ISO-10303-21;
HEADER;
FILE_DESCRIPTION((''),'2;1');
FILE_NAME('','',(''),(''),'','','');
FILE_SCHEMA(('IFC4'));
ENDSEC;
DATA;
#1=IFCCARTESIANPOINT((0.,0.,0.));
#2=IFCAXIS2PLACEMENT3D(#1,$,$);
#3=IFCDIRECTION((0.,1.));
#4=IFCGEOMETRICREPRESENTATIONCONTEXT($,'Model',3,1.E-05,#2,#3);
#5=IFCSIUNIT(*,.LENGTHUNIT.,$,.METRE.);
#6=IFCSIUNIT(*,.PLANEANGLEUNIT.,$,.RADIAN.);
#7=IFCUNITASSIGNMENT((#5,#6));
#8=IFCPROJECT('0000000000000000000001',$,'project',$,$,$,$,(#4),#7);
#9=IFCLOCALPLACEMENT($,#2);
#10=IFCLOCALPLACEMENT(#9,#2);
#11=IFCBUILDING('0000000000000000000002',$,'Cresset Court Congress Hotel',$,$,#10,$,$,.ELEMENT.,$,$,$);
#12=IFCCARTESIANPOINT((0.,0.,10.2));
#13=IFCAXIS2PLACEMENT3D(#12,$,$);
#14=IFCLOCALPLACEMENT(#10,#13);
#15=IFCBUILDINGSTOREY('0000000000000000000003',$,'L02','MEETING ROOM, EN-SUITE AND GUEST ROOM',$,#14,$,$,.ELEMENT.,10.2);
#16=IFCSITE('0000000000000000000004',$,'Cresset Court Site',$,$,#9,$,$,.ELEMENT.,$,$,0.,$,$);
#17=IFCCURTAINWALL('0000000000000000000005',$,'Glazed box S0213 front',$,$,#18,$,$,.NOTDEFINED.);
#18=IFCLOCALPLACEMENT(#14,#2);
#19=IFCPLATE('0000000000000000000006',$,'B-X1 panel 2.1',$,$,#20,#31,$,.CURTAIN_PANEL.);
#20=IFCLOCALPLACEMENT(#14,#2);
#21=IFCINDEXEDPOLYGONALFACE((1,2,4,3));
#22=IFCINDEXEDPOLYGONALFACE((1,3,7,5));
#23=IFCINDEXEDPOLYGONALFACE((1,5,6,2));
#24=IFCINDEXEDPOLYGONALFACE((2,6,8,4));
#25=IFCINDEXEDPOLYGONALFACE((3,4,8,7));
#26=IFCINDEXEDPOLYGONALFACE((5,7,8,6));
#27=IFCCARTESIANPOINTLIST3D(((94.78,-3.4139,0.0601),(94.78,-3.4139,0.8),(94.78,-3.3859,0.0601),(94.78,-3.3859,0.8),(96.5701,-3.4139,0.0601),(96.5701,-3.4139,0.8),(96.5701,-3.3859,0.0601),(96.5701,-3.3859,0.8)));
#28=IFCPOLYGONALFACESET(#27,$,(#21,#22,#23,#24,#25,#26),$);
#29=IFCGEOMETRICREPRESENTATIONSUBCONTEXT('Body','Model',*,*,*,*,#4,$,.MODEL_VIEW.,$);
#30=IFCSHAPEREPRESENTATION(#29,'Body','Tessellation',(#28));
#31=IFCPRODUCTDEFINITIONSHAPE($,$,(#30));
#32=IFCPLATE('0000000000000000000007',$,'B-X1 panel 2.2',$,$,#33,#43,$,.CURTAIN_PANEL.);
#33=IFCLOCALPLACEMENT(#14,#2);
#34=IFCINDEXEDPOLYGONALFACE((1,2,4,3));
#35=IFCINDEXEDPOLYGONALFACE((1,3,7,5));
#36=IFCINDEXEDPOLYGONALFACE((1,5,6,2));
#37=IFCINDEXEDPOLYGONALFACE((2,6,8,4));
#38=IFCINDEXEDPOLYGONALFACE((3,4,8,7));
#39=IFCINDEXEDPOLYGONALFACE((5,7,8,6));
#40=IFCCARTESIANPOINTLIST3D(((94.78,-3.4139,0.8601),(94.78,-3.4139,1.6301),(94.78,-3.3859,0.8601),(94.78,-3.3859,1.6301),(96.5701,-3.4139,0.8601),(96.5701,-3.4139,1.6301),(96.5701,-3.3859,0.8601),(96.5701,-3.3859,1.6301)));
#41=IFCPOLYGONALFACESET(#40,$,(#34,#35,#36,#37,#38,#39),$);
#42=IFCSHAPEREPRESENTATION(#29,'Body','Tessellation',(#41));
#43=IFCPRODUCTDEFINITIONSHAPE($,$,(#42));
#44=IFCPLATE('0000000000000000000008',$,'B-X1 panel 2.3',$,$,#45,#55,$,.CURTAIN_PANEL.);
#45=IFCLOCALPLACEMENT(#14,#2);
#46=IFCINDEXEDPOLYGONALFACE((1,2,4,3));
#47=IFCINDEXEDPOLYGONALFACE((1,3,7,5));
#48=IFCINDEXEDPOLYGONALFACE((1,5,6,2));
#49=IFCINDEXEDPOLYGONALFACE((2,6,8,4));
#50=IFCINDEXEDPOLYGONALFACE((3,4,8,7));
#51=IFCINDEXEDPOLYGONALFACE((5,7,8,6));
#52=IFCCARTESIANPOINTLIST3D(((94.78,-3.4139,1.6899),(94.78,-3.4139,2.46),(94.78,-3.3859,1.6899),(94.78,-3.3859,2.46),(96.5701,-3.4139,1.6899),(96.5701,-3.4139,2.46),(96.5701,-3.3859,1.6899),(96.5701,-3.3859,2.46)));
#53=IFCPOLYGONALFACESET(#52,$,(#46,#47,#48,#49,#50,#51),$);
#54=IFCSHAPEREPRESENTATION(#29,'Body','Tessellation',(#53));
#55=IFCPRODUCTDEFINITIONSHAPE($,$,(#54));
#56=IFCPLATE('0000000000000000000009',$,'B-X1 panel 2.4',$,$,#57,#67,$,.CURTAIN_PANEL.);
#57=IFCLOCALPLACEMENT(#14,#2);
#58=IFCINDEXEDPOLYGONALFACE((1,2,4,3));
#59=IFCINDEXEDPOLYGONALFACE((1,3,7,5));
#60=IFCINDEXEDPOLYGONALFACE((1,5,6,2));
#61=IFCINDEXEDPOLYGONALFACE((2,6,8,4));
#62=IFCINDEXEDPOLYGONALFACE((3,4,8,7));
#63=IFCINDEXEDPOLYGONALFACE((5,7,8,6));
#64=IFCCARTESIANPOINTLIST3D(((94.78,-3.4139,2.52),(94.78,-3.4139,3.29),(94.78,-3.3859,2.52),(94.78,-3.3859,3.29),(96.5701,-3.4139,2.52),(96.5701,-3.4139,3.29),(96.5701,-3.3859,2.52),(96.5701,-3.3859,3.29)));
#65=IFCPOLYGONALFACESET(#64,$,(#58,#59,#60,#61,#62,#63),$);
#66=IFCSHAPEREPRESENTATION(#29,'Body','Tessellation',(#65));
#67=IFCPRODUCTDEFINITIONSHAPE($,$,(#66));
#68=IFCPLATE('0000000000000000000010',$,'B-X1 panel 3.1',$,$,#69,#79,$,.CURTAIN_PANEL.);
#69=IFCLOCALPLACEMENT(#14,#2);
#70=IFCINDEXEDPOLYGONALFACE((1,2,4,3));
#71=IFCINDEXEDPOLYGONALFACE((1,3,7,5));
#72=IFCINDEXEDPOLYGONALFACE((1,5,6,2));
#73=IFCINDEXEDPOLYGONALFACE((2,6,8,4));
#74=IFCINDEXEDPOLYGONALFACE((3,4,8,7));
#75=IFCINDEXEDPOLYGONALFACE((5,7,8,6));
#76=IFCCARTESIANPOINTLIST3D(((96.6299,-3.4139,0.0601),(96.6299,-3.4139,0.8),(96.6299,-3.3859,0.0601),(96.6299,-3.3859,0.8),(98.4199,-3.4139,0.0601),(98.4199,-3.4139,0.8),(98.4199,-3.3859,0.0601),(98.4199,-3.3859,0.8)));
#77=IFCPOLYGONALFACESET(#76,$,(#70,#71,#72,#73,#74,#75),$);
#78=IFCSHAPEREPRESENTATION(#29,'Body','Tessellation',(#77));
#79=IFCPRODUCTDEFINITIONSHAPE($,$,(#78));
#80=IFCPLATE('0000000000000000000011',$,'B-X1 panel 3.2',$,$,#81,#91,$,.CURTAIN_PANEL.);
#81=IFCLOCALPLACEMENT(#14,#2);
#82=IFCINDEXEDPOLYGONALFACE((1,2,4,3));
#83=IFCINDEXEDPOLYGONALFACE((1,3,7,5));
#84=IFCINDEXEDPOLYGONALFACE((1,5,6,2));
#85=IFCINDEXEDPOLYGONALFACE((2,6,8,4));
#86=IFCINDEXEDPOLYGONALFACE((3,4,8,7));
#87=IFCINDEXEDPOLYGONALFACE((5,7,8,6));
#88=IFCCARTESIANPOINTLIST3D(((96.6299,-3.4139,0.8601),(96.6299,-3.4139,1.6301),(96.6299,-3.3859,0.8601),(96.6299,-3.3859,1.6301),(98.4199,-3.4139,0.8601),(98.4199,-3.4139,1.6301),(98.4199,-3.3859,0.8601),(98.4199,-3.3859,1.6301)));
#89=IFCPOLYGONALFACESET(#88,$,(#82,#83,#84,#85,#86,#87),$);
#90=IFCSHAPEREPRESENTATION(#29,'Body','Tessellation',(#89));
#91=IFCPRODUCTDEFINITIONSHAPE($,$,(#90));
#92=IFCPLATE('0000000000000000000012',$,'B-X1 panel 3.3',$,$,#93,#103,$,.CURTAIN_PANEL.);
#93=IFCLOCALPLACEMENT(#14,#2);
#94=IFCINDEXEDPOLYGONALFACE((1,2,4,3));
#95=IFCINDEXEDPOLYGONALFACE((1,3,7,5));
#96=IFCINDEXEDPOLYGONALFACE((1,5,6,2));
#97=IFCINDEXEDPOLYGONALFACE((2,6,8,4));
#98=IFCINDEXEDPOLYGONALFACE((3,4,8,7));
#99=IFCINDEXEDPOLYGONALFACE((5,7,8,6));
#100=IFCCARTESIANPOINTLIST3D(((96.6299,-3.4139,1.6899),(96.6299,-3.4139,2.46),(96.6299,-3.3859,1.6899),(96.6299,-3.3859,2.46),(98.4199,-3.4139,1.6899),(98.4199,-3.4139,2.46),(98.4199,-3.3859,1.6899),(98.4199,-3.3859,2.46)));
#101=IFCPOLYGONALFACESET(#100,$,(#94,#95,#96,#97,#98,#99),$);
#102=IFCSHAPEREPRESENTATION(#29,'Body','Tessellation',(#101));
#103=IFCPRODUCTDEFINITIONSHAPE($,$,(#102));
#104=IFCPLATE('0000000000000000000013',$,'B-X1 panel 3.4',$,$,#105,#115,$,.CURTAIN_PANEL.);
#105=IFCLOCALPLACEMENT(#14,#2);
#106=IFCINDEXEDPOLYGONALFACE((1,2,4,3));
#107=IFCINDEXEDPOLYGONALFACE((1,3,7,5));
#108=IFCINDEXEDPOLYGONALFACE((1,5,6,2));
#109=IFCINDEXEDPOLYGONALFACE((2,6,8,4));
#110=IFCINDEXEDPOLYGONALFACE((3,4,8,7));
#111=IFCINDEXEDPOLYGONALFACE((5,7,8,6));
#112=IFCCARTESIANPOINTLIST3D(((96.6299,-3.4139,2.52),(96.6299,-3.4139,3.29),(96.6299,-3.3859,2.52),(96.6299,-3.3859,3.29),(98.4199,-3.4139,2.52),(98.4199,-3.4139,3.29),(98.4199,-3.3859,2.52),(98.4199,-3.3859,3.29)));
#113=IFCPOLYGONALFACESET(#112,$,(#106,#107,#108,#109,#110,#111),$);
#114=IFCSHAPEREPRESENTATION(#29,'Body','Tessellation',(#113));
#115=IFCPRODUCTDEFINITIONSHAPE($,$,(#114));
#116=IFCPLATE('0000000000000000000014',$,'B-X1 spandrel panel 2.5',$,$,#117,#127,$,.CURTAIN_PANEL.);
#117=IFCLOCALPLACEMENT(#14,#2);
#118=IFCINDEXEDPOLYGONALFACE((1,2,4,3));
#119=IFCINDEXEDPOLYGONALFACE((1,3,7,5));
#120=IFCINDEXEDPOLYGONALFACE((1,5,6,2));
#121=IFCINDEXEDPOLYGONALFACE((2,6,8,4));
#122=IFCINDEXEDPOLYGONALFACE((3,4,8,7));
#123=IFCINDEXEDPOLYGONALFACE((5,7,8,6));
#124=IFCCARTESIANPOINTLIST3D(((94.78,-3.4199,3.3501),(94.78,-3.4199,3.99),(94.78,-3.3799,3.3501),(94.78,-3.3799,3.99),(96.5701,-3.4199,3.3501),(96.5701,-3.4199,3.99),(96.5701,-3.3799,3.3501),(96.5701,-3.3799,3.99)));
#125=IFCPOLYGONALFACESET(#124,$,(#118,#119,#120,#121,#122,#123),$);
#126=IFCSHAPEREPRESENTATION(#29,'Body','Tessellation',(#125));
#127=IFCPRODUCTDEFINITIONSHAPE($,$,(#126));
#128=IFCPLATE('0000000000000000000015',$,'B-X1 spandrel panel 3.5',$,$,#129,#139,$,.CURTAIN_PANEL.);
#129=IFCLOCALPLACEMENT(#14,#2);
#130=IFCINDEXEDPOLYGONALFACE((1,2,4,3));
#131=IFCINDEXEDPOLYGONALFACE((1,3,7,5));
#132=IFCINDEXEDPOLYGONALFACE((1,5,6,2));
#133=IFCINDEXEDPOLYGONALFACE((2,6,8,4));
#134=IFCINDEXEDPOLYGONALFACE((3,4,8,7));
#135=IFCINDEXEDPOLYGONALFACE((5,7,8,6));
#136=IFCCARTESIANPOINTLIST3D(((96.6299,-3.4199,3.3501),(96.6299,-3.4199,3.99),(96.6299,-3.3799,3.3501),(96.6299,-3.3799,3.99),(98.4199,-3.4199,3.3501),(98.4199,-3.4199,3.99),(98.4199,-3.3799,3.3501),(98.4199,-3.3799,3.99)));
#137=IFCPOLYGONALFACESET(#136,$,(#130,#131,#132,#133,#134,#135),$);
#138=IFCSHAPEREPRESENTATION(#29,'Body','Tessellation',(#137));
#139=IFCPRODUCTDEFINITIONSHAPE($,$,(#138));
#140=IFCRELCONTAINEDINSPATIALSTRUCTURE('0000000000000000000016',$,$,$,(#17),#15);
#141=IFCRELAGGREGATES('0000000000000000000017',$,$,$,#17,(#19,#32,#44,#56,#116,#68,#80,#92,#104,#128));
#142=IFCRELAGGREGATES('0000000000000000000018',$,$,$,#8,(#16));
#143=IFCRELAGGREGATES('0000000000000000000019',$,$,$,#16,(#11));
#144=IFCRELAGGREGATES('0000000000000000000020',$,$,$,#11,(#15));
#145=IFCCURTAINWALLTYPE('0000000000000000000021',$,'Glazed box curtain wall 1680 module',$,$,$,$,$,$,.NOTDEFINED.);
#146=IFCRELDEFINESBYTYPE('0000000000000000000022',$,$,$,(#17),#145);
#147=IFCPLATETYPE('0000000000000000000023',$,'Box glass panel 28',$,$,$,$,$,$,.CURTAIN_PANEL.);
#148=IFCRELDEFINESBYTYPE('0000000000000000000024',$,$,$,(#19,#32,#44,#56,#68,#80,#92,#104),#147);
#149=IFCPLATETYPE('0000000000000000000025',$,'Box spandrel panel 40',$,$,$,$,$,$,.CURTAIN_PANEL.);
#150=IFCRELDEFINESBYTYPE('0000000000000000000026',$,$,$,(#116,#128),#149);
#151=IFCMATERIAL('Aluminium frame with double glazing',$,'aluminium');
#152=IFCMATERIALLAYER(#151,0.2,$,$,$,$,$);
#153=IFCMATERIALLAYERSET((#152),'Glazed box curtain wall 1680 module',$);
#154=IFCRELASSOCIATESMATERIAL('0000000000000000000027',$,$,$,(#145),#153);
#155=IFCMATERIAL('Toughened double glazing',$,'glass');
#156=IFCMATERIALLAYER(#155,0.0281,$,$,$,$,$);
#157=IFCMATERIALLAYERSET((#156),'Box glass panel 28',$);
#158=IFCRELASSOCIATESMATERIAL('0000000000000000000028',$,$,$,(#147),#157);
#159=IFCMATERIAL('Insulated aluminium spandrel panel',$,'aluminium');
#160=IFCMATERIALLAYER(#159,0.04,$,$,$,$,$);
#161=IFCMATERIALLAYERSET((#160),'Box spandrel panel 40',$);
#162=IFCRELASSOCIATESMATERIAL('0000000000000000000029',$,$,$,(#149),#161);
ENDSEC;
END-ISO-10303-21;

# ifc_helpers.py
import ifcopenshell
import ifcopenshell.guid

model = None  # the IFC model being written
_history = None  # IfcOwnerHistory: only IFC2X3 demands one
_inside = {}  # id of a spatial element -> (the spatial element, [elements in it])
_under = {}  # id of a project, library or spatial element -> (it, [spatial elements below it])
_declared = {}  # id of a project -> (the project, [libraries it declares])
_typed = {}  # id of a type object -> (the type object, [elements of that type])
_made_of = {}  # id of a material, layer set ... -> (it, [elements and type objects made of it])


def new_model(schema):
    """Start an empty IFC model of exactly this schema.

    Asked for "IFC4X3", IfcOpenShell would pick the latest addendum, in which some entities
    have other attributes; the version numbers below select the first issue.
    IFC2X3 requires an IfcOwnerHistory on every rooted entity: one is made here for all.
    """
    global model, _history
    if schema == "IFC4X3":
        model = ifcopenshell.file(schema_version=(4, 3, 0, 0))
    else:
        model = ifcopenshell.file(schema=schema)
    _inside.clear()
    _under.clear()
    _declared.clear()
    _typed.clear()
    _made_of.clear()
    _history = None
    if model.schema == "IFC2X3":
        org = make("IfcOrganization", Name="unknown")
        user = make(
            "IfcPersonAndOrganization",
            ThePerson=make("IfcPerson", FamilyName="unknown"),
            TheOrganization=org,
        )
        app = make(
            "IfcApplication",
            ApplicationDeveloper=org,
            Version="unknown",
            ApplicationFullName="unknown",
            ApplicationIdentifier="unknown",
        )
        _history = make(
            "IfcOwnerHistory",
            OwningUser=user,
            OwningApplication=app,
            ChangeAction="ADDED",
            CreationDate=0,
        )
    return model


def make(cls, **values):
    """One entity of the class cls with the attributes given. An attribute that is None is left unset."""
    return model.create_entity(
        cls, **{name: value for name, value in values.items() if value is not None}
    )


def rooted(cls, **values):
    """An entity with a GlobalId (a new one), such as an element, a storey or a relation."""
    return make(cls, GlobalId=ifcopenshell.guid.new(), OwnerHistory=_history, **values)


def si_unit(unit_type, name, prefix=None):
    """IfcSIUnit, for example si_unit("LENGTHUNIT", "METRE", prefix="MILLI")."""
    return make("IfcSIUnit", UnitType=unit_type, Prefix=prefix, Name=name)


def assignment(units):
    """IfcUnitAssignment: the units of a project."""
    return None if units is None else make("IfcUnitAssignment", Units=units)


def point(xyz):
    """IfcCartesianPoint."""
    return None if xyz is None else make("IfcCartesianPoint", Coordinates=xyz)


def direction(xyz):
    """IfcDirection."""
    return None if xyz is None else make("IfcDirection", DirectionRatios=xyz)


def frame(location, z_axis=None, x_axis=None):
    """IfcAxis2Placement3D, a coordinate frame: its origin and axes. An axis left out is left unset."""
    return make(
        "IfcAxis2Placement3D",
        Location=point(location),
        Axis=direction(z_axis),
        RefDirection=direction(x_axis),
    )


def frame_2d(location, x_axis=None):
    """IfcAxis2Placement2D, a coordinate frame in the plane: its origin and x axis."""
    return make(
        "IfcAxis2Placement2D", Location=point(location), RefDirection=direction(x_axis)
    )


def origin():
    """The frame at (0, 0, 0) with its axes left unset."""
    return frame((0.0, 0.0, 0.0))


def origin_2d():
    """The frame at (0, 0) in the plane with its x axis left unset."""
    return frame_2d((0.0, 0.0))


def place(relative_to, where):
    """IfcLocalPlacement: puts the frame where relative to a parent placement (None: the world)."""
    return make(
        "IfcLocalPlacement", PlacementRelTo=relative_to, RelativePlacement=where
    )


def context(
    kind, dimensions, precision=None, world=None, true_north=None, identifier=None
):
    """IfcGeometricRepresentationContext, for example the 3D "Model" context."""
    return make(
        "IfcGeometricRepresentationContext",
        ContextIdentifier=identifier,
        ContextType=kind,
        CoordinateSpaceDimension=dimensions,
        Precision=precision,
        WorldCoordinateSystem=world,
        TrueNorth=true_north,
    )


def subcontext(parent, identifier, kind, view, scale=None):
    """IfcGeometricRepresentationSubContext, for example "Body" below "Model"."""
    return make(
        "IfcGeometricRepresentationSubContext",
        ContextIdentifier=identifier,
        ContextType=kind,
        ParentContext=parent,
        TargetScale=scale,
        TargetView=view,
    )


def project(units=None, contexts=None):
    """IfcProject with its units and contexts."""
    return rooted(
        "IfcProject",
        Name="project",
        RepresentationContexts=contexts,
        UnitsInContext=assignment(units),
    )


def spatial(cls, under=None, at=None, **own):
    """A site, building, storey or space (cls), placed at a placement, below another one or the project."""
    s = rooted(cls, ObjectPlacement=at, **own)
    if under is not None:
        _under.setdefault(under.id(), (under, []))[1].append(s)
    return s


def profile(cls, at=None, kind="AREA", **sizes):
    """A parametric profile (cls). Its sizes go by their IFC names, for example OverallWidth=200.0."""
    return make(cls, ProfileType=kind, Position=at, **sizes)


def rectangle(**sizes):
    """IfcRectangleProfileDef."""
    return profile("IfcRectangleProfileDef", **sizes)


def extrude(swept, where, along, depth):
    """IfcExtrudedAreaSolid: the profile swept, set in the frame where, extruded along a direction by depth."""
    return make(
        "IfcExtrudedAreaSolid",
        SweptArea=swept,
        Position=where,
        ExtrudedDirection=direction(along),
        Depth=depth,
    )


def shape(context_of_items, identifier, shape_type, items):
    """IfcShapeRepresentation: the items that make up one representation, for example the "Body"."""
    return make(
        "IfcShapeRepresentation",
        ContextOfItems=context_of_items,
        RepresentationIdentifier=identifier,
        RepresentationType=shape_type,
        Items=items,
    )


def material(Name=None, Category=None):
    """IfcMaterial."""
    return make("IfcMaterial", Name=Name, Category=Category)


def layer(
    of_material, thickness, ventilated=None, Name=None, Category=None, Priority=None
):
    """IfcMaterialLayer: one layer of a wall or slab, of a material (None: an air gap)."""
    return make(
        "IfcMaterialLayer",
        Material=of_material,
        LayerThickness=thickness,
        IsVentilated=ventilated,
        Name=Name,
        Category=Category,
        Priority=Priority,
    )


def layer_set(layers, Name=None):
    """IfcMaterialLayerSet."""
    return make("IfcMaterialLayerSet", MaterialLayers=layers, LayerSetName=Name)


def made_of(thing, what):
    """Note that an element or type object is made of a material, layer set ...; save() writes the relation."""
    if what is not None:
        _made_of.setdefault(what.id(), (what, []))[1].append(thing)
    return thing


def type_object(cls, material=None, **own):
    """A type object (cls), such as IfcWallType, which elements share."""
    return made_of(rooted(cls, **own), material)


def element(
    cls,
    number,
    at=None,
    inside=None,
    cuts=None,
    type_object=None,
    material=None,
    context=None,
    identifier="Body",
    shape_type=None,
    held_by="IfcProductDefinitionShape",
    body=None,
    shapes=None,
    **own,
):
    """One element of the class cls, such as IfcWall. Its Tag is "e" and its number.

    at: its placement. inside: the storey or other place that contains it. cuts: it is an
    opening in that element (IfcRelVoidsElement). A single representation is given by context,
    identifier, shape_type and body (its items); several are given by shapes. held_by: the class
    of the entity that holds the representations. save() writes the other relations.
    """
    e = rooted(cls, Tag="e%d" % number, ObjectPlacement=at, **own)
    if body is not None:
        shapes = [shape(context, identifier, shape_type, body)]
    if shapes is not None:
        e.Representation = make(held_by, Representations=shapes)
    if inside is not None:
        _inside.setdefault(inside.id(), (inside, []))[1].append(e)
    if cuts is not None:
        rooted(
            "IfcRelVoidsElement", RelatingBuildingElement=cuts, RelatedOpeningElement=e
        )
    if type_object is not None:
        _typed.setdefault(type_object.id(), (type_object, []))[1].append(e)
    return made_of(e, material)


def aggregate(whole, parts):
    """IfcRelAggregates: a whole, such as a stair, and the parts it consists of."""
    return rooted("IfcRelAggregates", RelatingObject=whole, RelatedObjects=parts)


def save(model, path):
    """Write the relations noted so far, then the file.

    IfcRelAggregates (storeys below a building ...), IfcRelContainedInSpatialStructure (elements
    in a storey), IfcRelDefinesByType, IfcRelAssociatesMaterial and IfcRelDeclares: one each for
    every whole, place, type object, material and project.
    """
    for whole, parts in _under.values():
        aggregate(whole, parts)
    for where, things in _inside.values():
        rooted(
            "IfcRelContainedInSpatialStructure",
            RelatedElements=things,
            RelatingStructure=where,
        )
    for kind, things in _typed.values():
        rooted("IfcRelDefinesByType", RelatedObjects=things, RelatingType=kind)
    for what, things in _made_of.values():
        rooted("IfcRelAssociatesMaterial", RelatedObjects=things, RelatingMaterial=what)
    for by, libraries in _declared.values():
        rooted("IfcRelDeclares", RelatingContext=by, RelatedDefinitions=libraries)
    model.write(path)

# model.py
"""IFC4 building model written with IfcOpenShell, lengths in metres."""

from ifc_helpers import new_model, si_unit, direction, frame, origin, origin_2d, place, context, subcontext, project, spatial, rectangle, extrude, material, layer, layer_set, type_object, element, aggregate, save


model = new_model("IFC4")

# Units and contexts
model_context = context("Model", 3, precision=1e-05, world=origin(), true_north=direction((0.0, 1.0)))
body_context = subcontext(model_context, "Body", "Model", "MODEL_VIEW")
ifc_project = project(units=[si_unit("LENGTHUNIT", "METRE"), si_unit("PLANEANGLEUNIT", "RADIAN")], contexts=[model_context])

# Site, building, storey
site_placement = place(None, origin())
site = spatial("IfcSite", under=ifc_project, at=site_placement, Name="Cresset Court Site", CompositionType="ELEMENT", RefElevation=0.0)
building_placement = place(site_placement, origin())
building = spatial("IfcBuilding", under=site, at=building_placement, Name="Cresset Court Congress Hotel", CompositionType="ELEMENT")
storey_placement = place(building_placement, frame((0.0, 0.0, 10.2)))
storey = spatial("IfcBuildingStorey", under=building, at=storey_placement, Name="L02", Description="MEETING ROOM, EN-SUITE AND GUEST ROOM", CompositionType="ELEMENT", Elevation=10.2)

# Curtain wall, plates
ifc_material_1 = material(Name="Aluminium frame with double glazing", Category="aluminium")
ifc_layer_1 = layer(ifc_material_1, 0.2)
ifc_layer_set_1 = layer_set([ifc_layer_1], Name="Glazed box curtain wall 1680 module")
curtain_wall_type = type_object("IfcCurtainWallType", Name="Glazed box curtain wall 1680 module", PredefinedType="NOTDEFINED", material=ifc_layer_set_1)
curtain_wall_placement = place(storey_placement, origin())
curtain_wall = element("IfcCurtainWall", 1, at=curtain_wall_placement, inside=storey, type_object=curtain_wall_type, Name="Glazed box S0213 front", PredefinedType="NOTDEFINED")
ifc_material_2 = material(Name="Toughened double glazing", Category="glass")
ifc_layer_2 = layer(ifc_material_2, 0.0281)
ifc_layer_set_2 = layer_set([ifc_layer_2], Name="Box glass panel 28")
plate_type_1 = type_object("IfcPlateType", Name="Box glass panel 28", PredefinedType="CURTAIN_PANEL", material=ifc_layer_set_2)
plate_1_placement = place(storey_placement, frame((95.675, -3.3999, 0.0601), z_axis=(0.0, 0.0, 1.0), x_axis=(1.0, 0.0, 0.0)))
plate_1 = element("IfcPlate", 2, at=plate_1_placement, type_object=plate_type_1, Name="B-X1 panel 2.1", PredefinedType="CURTAIN_PANEL", context=body_context, shape_type="SweptSolid", body=[
    extrude(rectangle(XDim=1.79, YDim=0.0281, at=origin_2d()), origin(), (0.0, 0.0, 1.0), 0.74),
])
plate_2_placement = place(storey_placement, frame((95.675, -3.3999, 0.8601), z_axis=(0.0, 0.0, 1.0), x_axis=(1.0, 0.0, 0.0)))
plate_2 = element("IfcPlate", 3, at=plate_2_placement, type_object=plate_type_1, Name="B-X1 panel 2.2", PredefinedType="CURTAIN_PANEL", context=body_context, shape_type="SweptSolid", body=[
    extrude(rectangle(XDim=1.79, YDim=0.0281, at=origin_2d()), origin(), (0.0, 0.0, 1.0), 0.77),
])
plate_3_placement = place(storey_placement, frame((95.675, -3.3999, 1.6899), z_axis=(0.0, 0.0, 1.0), x_axis=(1.0, 0.0, 0.0)))
plate_3 = element("IfcPlate", 4, at=plate_3_placement, type_object=plate_type_1, Name="B-X1 panel 2.3", PredefinedType="CURTAIN_PANEL", context=body_context, shape_type="SweptSolid", body=[
    extrude(rectangle(XDim=1.79, YDim=0.0281, at=origin_2d()), origin(), (0.0, 0.0, 1.0), 0.77),
])
plate_4_placement = place(storey_placement, frame((95.675, -3.3999, 2.52), z_axis=(0.0, 0.0, 1.0), x_axis=(1.0, 0.0, 0.0)))
plate_4 = element("IfcPlate", 5, at=plate_4_placement, type_object=plate_type_1, Name="B-X1 panel 2.4", PredefinedType="CURTAIN_PANEL", context=body_context, shape_type="SweptSolid", body=[
    extrude(rectangle(XDim=1.79, YDim=0.0281, at=origin_2d()), origin(), (0.0, 0.0, 1.0), 0.77),
])
plate_5_placement = place(storey_placement, frame((97.5249, -3.3999, 0.0601), z_axis=(0.0, 0.0, 1.0), x_axis=(1.0, 0.0, 0.0)))
plate_5 = element("IfcPlate", 6, at=plate_5_placement, type_object=plate_type_1, Name="B-X1 panel 3.1", PredefinedType="CURTAIN_PANEL", context=body_context, shape_type="SweptSolid", body=[
    extrude(rectangle(XDim=1.79, YDim=0.0281, at=origin_2d()), origin(), (0.0, 0.0, 1.0), 0.74),
])
plate_6_placement = place(storey_placement, frame((97.5249, -3.3999, 0.8601), z_axis=(0.0, 0.0, 1.0), x_axis=(1.0, 0.0, 0.0)))
plate_6 = element("IfcPlate", 7, at=plate_6_placement, type_object=plate_type_1, Name="B-X1 panel 3.2", PredefinedType="CURTAIN_PANEL", context=body_context, shape_type="SweptSolid", body=[
    extrude(rectangle(XDim=1.79, YDim=0.0281, at=origin_2d()), origin(), (0.0, 0.0, 1.0), 0.77),
])
plate_7_placement = place(storey_placement, frame((97.5249, -3.3999, 1.6899), z_axis=(0.0, 0.0, 1.0), x_axis=(1.0, 0.0, 0.0)))
plate_7 = element("IfcPlate", 8, at=plate_7_placement, type_object=plate_type_1, Name="B-X1 panel 3.3", PredefinedType="CURTAIN_PANEL", context=body_context, shape_type="SweptSolid", body=[
    extrude(rectangle(XDim=1.79, YDim=0.0281, at=origin_2d()), origin(), (0.0, 0.0, 1.0), 0.77),
])
plate_8_placement = place(storey_placement, frame((97.5249, -3.3999, 2.52), z_axis=(0.0, 0.0, 1.0), x_axis=(1.0, 0.0, 0.0)))
plate_8 = element("IfcPlate", 9, at=plate_8_placement, type_object=plate_type_1, Name="B-X1 panel 3.4", PredefinedType="CURTAIN_PANEL", context=body_context, shape_type="SweptSolid", body=[
    extrude(rectangle(XDim=1.79, YDim=0.0281, at=origin_2d()), origin(), (0.0, 0.0, 1.0), 0.77),
])
ifc_material_3 = material(Name="Insulated aluminium spandrel panel", Category="aluminium")
ifc_layer_3 = layer(ifc_material_3, 0.04)
ifc_layer_set_3 = layer_set([ifc_layer_3], Name="Box spandrel panel 40")
plate_type_2 = type_object("IfcPlateType", Name="Box spandrel panel 40", PredefinedType="CURTAIN_PANEL", material=ifc_layer_set_3)
plate_9_placement = place(storey_placement, frame((95.675, -3.3999, 3.3501), z_axis=(0.0, 0.0, 1.0), x_axis=(1.0, 0.0, 0.0)))
plate_9 = element("IfcPlate", 10, at=plate_9_placement, type_object=plate_type_2, Name="B-X1 spandrel panel 2.5", PredefinedType="CURTAIN_PANEL", context=body_context, shape_type="SweptSolid", body=[
    extrude(rectangle(XDim=1.79, YDim=0.04, at=origin_2d()), origin(), (0.0, 0.0, 1.0), 0.6399),
])
plate_10_placement = place(storey_placement, frame((97.5249, -3.3999, 3.3501), z_axis=(0.0, 0.0, 1.0), x_axis=(1.0, 0.0, 0.0)))
plate_10 = element("IfcPlate", 11, at=plate_10_placement, type_object=plate_type_2, Name="B-X1 spandrel panel 3.5", PredefinedType="CURTAIN_PANEL", context=body_context, shape_type="SweptSolid", body=[
    extrude(rectangle(XDim=1.79, YDim=0.04, at=origin_2d()), origin(), (0.0, 0.0, 1.0), 0.6399),
])
aggregate(curtain_wall, [plate_1, plate_2, plate_3, plate_4, plate_9, plate_5, plate_6, plate_7, plate_8, plate_10])

save(model, "model.ifc")
